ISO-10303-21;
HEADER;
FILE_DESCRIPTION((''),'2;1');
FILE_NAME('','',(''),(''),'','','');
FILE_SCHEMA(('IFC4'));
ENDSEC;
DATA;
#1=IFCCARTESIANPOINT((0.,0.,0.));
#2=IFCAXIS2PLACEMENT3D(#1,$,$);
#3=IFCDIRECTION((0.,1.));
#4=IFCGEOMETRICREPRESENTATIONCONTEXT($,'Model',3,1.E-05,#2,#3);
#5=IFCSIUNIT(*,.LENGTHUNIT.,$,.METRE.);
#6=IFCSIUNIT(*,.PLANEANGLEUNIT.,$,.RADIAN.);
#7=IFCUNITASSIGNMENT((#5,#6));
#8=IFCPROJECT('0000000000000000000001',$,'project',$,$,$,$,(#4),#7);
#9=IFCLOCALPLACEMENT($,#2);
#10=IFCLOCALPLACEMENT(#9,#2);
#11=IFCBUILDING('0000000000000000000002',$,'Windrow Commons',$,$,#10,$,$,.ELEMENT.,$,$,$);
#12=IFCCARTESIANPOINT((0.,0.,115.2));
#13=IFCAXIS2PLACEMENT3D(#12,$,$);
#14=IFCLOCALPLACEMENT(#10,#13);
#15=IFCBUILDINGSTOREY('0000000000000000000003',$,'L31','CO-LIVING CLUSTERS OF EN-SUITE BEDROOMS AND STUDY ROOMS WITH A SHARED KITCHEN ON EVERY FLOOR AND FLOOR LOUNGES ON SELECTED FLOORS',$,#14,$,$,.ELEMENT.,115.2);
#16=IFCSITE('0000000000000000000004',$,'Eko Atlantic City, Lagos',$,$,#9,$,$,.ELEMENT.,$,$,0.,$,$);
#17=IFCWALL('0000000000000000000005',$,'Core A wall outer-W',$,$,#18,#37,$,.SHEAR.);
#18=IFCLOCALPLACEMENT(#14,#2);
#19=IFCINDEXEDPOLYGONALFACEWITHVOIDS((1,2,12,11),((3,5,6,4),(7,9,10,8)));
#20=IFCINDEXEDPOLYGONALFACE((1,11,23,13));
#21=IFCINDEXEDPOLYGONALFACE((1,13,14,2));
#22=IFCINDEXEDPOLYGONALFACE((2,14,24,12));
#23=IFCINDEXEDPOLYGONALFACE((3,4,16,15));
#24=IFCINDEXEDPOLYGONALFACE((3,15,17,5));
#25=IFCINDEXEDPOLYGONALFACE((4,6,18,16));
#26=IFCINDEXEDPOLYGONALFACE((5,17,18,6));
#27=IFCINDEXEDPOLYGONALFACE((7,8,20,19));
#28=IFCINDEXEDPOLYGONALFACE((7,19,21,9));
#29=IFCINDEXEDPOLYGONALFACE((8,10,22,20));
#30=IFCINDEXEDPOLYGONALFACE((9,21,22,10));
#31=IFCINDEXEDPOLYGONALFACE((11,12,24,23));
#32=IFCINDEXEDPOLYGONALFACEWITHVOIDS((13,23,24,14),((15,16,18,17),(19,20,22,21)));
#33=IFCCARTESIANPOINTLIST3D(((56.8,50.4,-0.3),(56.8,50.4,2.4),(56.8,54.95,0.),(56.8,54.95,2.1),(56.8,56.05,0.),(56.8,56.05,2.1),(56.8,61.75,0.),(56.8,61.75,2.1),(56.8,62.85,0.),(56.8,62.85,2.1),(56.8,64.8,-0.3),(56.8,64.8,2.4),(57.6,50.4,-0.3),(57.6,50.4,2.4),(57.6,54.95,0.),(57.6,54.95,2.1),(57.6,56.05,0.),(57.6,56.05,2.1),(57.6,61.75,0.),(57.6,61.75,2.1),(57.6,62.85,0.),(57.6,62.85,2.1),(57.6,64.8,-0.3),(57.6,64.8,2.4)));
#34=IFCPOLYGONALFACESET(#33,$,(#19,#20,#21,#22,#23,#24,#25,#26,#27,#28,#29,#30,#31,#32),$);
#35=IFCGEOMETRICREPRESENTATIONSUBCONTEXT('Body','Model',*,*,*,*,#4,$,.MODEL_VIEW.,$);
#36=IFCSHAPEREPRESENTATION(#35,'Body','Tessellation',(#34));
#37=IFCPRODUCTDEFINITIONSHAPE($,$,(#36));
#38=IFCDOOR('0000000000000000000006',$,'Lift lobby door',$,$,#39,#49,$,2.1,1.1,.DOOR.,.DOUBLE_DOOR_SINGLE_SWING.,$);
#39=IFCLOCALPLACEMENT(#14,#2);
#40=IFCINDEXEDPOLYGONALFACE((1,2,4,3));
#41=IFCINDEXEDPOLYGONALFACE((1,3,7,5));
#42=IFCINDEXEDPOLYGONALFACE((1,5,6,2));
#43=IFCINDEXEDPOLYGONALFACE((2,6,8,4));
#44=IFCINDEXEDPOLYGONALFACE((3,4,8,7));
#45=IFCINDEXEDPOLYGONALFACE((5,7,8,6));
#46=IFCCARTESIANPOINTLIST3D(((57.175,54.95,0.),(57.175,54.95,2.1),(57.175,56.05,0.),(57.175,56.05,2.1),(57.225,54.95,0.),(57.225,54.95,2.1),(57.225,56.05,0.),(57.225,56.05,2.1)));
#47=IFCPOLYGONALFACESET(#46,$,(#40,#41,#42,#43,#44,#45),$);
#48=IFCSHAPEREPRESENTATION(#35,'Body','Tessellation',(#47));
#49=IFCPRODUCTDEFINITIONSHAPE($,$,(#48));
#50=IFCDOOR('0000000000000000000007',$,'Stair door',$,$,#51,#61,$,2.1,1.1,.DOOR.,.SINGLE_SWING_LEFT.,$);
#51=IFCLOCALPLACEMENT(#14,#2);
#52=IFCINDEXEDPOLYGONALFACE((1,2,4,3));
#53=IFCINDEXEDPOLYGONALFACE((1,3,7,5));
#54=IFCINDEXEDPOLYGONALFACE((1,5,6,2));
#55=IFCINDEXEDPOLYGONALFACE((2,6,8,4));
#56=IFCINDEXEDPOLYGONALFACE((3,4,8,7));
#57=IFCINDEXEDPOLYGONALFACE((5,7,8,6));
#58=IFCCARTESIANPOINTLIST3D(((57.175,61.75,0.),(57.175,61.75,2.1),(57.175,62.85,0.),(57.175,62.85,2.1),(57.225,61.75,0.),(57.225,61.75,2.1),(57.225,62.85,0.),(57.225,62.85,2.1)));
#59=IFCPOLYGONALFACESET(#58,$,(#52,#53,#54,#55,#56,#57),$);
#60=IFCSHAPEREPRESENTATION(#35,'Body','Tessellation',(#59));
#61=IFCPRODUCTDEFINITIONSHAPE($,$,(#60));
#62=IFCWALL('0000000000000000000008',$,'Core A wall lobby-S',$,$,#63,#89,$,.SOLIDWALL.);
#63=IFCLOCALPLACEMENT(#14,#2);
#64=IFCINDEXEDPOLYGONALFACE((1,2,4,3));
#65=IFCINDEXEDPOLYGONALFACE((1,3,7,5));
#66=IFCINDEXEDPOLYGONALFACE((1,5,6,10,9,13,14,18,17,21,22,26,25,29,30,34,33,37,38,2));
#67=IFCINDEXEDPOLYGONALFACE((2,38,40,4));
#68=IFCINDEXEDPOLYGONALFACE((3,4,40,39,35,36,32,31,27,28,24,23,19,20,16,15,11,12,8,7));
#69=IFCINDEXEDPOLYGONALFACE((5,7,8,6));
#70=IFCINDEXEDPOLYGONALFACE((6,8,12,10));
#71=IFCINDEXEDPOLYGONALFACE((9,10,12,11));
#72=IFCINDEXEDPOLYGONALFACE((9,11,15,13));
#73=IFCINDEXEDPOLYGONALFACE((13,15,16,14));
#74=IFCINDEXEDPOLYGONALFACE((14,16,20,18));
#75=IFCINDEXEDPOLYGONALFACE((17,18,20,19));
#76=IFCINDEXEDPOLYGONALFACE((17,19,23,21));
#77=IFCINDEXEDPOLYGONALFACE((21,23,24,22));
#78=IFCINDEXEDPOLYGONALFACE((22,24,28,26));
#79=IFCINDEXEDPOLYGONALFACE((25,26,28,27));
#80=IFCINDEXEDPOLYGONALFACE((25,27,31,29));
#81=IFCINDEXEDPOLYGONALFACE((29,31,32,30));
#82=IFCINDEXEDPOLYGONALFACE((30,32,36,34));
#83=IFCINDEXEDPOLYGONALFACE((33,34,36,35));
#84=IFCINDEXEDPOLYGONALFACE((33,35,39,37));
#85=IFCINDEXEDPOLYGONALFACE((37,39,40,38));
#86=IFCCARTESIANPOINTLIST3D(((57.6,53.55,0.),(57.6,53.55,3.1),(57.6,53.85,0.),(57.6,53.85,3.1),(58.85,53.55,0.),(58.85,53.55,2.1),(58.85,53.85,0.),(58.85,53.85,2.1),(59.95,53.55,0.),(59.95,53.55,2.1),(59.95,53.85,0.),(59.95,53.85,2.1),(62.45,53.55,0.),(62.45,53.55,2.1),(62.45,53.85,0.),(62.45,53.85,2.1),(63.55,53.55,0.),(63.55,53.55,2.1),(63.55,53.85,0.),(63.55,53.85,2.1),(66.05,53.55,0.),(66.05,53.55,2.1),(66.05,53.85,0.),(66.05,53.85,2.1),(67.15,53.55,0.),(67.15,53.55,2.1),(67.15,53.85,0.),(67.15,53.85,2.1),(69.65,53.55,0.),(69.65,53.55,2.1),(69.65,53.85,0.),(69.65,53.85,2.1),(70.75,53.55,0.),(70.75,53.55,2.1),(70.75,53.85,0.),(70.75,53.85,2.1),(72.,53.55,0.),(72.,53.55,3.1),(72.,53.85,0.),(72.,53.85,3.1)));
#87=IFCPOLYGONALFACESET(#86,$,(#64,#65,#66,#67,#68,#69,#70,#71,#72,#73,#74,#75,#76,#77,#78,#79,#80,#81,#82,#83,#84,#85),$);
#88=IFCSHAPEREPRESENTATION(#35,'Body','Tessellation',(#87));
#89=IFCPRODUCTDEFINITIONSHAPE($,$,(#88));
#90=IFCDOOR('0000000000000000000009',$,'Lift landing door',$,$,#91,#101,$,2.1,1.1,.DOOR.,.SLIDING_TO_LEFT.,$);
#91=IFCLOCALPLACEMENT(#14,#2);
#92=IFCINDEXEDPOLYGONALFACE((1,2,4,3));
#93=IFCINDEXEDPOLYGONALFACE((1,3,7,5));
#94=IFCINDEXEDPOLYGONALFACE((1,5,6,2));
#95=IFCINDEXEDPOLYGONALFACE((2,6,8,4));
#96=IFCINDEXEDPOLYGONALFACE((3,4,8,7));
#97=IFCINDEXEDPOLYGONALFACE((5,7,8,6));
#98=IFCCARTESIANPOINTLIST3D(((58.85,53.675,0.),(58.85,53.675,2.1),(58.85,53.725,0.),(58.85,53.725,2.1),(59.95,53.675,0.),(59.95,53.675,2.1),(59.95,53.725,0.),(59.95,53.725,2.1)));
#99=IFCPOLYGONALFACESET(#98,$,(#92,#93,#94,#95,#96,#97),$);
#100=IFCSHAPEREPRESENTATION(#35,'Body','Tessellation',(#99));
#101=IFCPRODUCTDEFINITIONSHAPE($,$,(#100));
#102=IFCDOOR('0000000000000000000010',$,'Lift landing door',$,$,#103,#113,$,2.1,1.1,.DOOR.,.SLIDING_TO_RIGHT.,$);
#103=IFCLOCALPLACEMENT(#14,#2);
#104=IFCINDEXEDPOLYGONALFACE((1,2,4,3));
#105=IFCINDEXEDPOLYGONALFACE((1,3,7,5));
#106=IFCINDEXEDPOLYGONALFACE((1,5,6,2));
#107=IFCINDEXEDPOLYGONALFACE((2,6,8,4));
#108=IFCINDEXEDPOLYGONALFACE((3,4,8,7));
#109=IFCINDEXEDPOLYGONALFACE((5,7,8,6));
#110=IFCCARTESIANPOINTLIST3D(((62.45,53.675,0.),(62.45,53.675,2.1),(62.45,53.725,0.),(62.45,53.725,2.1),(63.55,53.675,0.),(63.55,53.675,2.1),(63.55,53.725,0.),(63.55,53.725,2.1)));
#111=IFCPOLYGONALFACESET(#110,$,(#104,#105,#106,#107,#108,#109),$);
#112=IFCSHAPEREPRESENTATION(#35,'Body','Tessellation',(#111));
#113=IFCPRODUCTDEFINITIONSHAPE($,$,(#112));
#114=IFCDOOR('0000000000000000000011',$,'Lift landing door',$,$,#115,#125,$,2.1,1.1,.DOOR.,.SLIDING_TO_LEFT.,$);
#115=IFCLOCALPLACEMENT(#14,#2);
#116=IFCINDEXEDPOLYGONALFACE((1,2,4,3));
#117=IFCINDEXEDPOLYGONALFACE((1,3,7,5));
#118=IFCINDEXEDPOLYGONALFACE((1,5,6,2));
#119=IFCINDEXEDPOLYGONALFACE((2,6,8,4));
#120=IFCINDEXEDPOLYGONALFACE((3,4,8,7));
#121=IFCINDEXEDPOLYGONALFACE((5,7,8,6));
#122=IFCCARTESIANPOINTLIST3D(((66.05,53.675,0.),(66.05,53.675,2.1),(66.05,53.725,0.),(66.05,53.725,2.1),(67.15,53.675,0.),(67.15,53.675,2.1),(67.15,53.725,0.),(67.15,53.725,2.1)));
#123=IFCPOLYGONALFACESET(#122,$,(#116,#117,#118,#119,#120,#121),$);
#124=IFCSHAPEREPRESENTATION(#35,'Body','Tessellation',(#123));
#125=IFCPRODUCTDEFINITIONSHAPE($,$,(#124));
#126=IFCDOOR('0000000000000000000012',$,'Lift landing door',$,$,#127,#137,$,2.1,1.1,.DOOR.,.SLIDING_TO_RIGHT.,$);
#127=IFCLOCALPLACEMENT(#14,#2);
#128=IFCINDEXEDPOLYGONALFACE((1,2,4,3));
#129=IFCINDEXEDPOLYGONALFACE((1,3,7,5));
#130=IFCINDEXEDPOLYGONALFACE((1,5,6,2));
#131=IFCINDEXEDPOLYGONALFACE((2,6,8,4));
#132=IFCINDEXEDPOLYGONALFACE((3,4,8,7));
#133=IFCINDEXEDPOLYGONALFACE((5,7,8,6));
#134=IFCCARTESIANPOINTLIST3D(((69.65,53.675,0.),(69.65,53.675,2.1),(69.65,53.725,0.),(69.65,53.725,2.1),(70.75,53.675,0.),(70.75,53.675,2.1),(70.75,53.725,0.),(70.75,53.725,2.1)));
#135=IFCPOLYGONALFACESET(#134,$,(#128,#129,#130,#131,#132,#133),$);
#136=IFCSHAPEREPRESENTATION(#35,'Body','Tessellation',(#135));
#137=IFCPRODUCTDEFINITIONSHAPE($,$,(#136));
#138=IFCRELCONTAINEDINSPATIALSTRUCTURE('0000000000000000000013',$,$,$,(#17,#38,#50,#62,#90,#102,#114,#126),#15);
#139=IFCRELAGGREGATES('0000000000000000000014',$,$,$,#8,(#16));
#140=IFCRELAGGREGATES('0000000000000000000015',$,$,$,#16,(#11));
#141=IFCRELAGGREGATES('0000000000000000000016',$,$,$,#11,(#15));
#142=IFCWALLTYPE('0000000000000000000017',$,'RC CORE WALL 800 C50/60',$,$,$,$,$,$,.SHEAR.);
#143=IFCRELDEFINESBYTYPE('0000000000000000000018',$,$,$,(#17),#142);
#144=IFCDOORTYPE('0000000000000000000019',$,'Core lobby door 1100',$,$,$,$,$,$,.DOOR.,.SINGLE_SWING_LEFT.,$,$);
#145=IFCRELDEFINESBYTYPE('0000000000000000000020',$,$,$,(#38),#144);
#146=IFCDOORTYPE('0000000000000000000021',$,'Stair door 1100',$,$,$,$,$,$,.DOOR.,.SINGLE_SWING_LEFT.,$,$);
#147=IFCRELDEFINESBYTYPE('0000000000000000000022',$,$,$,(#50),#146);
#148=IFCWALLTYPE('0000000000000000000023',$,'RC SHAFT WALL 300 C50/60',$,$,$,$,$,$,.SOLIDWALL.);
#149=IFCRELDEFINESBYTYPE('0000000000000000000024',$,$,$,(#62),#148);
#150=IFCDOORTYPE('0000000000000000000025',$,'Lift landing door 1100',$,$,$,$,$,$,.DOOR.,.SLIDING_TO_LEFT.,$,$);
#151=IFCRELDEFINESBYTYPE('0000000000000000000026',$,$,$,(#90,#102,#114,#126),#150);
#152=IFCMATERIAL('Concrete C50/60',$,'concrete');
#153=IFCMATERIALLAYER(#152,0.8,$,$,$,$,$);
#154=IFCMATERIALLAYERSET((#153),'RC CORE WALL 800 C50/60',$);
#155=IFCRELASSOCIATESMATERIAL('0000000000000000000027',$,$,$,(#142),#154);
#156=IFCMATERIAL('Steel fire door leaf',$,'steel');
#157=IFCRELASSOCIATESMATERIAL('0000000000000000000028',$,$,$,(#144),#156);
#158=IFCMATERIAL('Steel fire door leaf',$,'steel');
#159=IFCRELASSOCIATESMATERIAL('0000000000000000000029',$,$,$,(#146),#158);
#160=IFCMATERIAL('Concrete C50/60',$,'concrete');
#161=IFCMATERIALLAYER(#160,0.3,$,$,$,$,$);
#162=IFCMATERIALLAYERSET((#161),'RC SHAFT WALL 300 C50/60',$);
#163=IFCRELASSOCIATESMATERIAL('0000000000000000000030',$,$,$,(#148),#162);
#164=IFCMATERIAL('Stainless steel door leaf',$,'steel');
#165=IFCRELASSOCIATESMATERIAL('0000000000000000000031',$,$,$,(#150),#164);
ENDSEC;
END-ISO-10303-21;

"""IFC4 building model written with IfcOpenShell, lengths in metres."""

from ifc_helpers import new_model, si_unit, direction, frame, frame_2d, origin, place, context, subcontext, project, spatial, rectangle, extrude, material, layer, layer_set, type_object, element, fill, save


model = new_model("IFC4")

# Units and contexts
model_context = context("Model", 3, precision=1e-05, world=origin(), true_north=direction((0.0, 1.0)))
body_context = subcontext(model_context, "Body", "Model", "MODEL_VIEW")
ifc_project = project(units=[si_unit("LENGTHUNIT", "METRE"), si_unit("PLANEANGLEUNIT", "RADIAN")], contexts=[model_context])

# Site, building, storey
site_placement = place(None, origin())
site = spatial("IfcSite", under=ifc_project, at=site_placement, Name="Eko Atlantic City, Lagos", CompositionType="ELEMENT", RefElevation=0.0)
building_placement = place(site_placement, origin())
building = spatial("IfcBuilding", under=site, at=building_placement, Name="Windrow Commons", CompositionType="ELEMENT")
storey_placement = place(building_placement, frame((0.0, 0.0, 115.2)))
storey = spatial("IfcBuildingStorey", under=building, at=storey_placement, Name="L31", Description="CO-LIVING CLUSTERS OF EN-SUITE BEDROOMS AND STUDY ROOMS WITH A SHARED KITCHEN ON EVERY FLOOR AND FLOOR LOUNGES ON SELECTED FLOORS", CompositionType="ELEMENT", Elevation=115.2)

# Shared definitions
ifc_material_1 = material(Name="Concrete C50/60", Category="concrete")
ifc_layer_1 = layer(ifc_material_1, 0.8)
ifc_layer_set_1 = layer_set([ifc_layer_1], Name="RC CORE WALL 800 C50/60")
wall_type_1 = type_object("IfcWallType", Name="RC CORE WALL 800 C50/60", PredefinedType="SHEAR", material=ifc_layer_set_1)

# Walls, openings, doors
wall_1_placement = place(storey_placement, frame((57.2, 50.4, -0.3), z_axis=(0.0, 0.0, 1.0), x_axis=(0.0, 1.0, 0.0)))
wall_1 = element("IfcWall", 1, at=wall_1_placement, inside=storey, type_object=wall_type_1, Name="Core A wall outer-W", PredefinedType="SHEAR", context=body_context, shape_type="SweptSolid", body=[
    extrude(rectangle(XDim=14.4, YDim=0.8, at=frame_2d((7.2, 0.0))), origin(), (0.0, 0.0, 1.0), 2.7),
])
opening_1_placement = place(wall_1_placement, frame((4.55, 0.0, 0.3)))
opening_1 = element("IfcOpeningElement", 2, at=opening_1_placement, cuts=wall_1, PredefinedType="OPENING", context=body_context, shape_type="SweptSolid", body=[
    extrude(rectangle(XDim=1.1, YDim=2.1, at=frame_2d((0.55, 1.05))), frame((0.0, 0.41, 0.0), z_axis=(0.0, -1.0, 0.0), x_axis=(1.0, 0.0, 0.0)), (0.0, 0.0, 1.0), 0.82),
])
opening_2_placement = place(wall_1_placement, frame((11.35, 0.0, 0.3)))
opening_2 = element("IfcOpeningElement", 3, at=opening_2_placement, cuts=wall_1, PredefinedType="OPENING", context=body_context, shape_type="SweptSolid", body=[
    extrude(rectangle(XDim=1.1, YDim=2.1, at=frame_2d((0.55, 1.05))), frame((0.0, 0.41, 0.0), z_axis=(0.0, -1.0, 0.0), x_axis=(1.0, 0.0, 0.0)), (0.0, 0.0, 1.0), 0.82),
])
ifc_material_2 = material(Name="Steel fire door leaf", Category="steel")
door_type_1 = type_object("IfcDoorType", Name="Core lobby door 1100", OperationType="SINGLE_SWING_LEFT", PredefinedType="DOOR", material=ifc_material_2)
door_1_placement = place(opening_1_placement, origin())
door_1 = element("IfcDoor", 4, at=door_1_placement, inside=storey, type_object=door_type_1, Name="Lift lobby door", OperationType="DOUBLE_DOOR_SINGLE_SWING", OverallHeight=2.1, OverallWidth=1.1, PredefinedType="DOOR", context=body_context, shape_type="SweptSolid", body=[
    extrude(rectangle(XDim=1.1, YDim=2.1, at=frame_2d((0.55, 1.05))), frame((0.0, 0.025, 0.0), z_axis=(0.0, -1.0, 0.0), x_axis=(1.0, 0.0, 0.0)), (0.0, 0.0, 1.0), 0.05),
])
fill(opening_1, door_1)
ifc_material_3 = material(Name="Steel fire door leaf", Category="steel")
door_type_2 = type_object("IfcDoorType", Name="Stair door 1100", OperationType="SINGLE_SWING_LEFT", PredefinedType="DOOR", material=ifc_material_3)
door_2_placement = place(opening_2_placement, origin())
door_2 = element("IfcDoor", 5, at=door_2_placement, inside=storey, type_object=door_type_2, Name="Stair door", OperationType="SINGLE_SWING_LEFT", OverallHeight=2.1, OverallWidth=1.1, PredefinedType="DOOR", context=body_context, shape_type="SweptSolid", body=[
    extrude(rectangle(XDim=1.1, YDim=2.1, at=frame_2d((0.55, 1.05))), frame((0.0, 0.025, 0.0), z_axis=(0.0, -1.0, 0.0), x_axis=(1.0, 0.0, 0.0)), (0.0, 0.0, 1.0), 0.05),
])
fill(opening_2, door_2)
ifc_material_4 = material(Name="Concrete C50/60", Category="concrete")
ifc_layer_2 = layer(ifc_material_4, 0.3)
ifc_layer_set_2 = layer_set([ifc_layer_2], Name="RC SHAFT WALL 300 C50/60")
wall_type_2 = type_object("IfcWallType", Name="RC SHAFT WALL 300 C50/60", PredefinedType="SOLIDWALL", material=ifc_layer_set_2)
wall_2_placement = place(storey_placement, frame((57.6, 53.7, 0.0), z_axis=(0.0, 0.0, 1.0), x_axis=(1.0, 0.0, 0.0)))
wall_2 = element("IfcWall", 6, at=wall_2_placement, inside=storey, type_object=wall_type_2, Name="Core A wall lobby-S", PredefinedType="SOLIDWALL", context=body_context, shape_type="SweptSolid", body=[
    extrude(rectangle(XDim=14.4, YDim=0.3, at=frame_2d((7.2, 0.0))), origin(), (0.0, 0.0, 1.0), 3.1),
])
opening_3_placement = place(wall_2_placement, frame((1.25, 0.0, 0.0)))
opening_3 = element("IfcOpeningElement", 7, at=opening_3_placement, cuts=wall_2, PredefinedType="OPENING", context=body_context, shape_type="SweptSolid", body=[
    extrude(rectangle(XDim=1.1, YDim=2.1, at=frame_2d((0.55, 1.05))), frame((0.0, 0.16, 0.0), z_axis=(0.0, -1.0, 0.0), x_axis=(1.0, 0.0, 0.0)), (0.0, 0.0, 1.0), 0.32),
])
opening_4_placement = place(wall_2_placement, frame((4.85, 0.0, 0.0)))
opening_4 = element("IfcOpeningElement", 8, at=opening_4_placement, cuts=wall_2, PredefinedType="OPENING", context=body_context, shape_type="SweptSolid", body=[
    extrude(rectangle(XDim=1.1, YDim=2.1, at=frame_2d((0.55, 1.05))), frame((0.0, 0.16, 0.0), z_axis=(0.0, -1.0, 0.0), x_axis=(1.0, 0.0, 0.0)), (0.0, 0.0, 1.0), 0.32),
])
opening_5_placement = place(wall_2_placement, frame((8.45, 0.0, 0.0)))
opening_5 = element("IfcOpeningElement", 9, at=opening_5_placement, cuts=wall_2, PredefinedType="OPENING", context=body_context, shape_type="SweptSolid", body=[
    extrude(rectangle(XDim=1.1, YDim=2.1, at=frame_2d((0.55, 1.05))), frame((0.0, 0.16, 0.0), z_axis=(0.0, -1.0, 0.0), x_axis=(1.0, 0.0, 0.0)), (0.0, 0.0, 1.0), 0.32),
])
opening_6_placement = place(wall_2_placement, frame((12.05, 0.0, 0.0)))
opening_6 = element("IfcOpeningElement", 10, at=opening_6_placement, cuts=wall_2, PredefinedType="OPENING", context=body_context, shape_type="SweptSolid", body=[
    extrude(rectangle(XDim=1.1, YDim=2.1, at=frame_2d((0.55, 1.05))), frame((0.0, 0.16, 0.0), z_axis=(0.0, -1.0, 0.0), x_axis=(1.0, 0.0, 0.0)), (0.0, 0.0, 1.0), 0.32),
])
ifc_material_5 = material(Name="Stainless steel door leaf", Category="steel")
door_type_3 = type_object("IfcDoorType", Name="Lift landing door 1100", OperationType="SLIDING_TO_LEFT", PredefinedType="DOOR", material=ifc_material_5)
door_3_placement = place(opening_3_placement, origin())
door_3 = element("IfcDoor", 11, at=door_3_placement, inside=storey, type_object=door_type_3, Name="Lift landing door", OperationType="SLIDING_TO_LEFT", OverallHeight=2.1, OverallWidth=1.1, PredefinedType="DOOR", context=body_context, shape_type="SweptSolid", body=[
    extrude(rectangle(XDim=1.1, YDim=2.1, at=frame_2d((0.55, 1.05))), frame((0.0, 0.025, 0.0), z_axis=(0.0, -1.0, 0.0), x_axis=(1.0, 0.0, 0.0)), (0.0, 0.0, 1.0), 0.05),
])
fill(opening_3, door_3)
door_4_placement = place(opening_4_placement, origin())
door_4 = element("IfcDoor", 12, at=door_4_placement, inside=storey, type_object=door_type_3, Name="Lift landing door", OperationType="SLIDING_TO_RIGHT", OverallHeight=2.1, OverallWidth=1.1, PredefinedType="DOOR", context=body_context, shape_type="SweptSolid", body=[
    extrude(rectangle(XDim=1.1, YDim=2.1, at=frame_2d((0.55, 1.05))), frame((0.0, 0.025, 0.0), z_axis=(0.0, -1.0, 0.0), x_axis=(1.0, 0.0, 0.0)), (0.0, 0.0, 1.0), 0.05),
])
fill(opening_4, door_4)
door_5_placement = place(opening_5_placement, origin())
door_5 = element("IfcDoor", 13, at=door_5_placement, inside=storey, type_object=door_type_3, Name="Lift landing door", OperationType="SLIDING_TO_LEFT", OverallHeight=2.1, OverallWidth=1.1, PredefinedType="DOOR", context=body_context, shape_type="SweptSolid", body=[
    extrude(rectangle(XDim=1.1, YDim=2.1, at=frame_2d((0.55, 1.05))), frame((0.0, 0.025, 0.0), z_axis=(0.0, -1.0, 0.0), x_axis=(1.0, 0.0, 0.0)), (0.0, 0.0, 1.0), 0.05),
])
fill(opening_5, door_5)
door_6_placement = place(opening_6_placement, origin())
door_6 = element("IfcDoor", 14, at=door_6_placement, inside=storey, type_object=door_type_3, Name="Lift landing door", OperationType="SLIDING_TO_RIGHT", OverallHeight=2.1, OverallWidth=1.1, PredefinedType="DOOR", context=body_context, shape_type="SweptSolid", body=[
    extrude(rectangle(XDim=1.1, YDim=2.1, at=frame_2d((0.55, 1.05))), frame((0.0, 0.025, 0.0), z_axis=(0.0, -1.0, 0.0), x_axis=(1.0, 0.0, 0.0)), (0.0, 0.0, 1.0), 0.05),
])
fill(opening_6, door_6)

save(model, "model.ifc")
